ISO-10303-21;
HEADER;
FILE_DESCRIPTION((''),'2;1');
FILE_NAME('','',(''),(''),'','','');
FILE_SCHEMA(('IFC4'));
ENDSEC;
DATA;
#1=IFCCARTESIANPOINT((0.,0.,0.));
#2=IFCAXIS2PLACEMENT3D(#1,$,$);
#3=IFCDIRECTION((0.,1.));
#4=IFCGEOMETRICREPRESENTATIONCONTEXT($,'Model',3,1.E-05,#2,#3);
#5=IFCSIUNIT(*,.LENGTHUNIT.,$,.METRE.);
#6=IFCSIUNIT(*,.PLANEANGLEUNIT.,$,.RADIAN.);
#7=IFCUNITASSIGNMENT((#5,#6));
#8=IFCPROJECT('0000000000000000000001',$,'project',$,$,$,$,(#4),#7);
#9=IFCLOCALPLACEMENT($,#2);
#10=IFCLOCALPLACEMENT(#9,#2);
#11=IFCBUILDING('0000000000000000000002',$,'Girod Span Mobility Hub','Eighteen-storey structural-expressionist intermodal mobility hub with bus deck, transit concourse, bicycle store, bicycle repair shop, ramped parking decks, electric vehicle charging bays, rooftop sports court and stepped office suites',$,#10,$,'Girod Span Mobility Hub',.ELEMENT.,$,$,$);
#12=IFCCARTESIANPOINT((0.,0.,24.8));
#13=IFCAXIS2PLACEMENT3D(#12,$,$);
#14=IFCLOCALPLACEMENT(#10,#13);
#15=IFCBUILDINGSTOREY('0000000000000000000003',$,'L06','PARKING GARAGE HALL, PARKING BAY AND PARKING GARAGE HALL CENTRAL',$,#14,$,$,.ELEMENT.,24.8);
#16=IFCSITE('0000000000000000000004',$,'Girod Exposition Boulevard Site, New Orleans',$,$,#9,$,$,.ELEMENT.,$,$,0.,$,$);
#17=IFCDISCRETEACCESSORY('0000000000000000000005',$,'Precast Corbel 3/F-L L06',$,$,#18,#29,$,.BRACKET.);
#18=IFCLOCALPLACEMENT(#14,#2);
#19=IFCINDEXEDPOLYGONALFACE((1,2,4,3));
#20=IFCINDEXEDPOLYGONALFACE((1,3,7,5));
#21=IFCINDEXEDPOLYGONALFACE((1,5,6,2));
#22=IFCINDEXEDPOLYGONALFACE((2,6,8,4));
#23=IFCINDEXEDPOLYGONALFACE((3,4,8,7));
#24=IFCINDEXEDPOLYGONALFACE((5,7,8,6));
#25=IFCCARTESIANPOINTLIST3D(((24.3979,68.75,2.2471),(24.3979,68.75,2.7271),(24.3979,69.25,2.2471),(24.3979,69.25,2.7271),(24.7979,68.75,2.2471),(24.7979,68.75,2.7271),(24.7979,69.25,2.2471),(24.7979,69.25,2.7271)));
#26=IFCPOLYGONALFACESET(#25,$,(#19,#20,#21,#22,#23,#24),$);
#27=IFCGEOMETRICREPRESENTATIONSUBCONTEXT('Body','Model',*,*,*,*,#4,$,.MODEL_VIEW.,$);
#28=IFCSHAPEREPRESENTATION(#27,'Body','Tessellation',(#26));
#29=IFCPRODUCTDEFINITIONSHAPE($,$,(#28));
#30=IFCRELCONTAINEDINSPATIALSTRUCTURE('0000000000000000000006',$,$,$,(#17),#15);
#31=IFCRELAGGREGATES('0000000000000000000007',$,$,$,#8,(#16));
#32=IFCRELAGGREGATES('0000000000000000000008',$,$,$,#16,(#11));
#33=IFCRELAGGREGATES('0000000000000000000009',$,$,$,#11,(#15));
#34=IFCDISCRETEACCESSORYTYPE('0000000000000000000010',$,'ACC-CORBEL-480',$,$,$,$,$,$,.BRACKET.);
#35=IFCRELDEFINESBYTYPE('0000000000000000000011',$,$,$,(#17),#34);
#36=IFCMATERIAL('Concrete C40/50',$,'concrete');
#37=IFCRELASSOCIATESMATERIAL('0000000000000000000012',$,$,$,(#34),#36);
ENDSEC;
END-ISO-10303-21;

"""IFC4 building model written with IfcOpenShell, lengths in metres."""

from ifc_helpers import new_model, si_unit, direction, frame, origin, origin_2d, place, context, subcontext, project, spatial, rectangle, extrude, material, type_object, element, save


model = new_model("IFC4")

# Units and contexts
model_context = context("Model", 3, precision=1e-05, world=origin(), true_north=direction((0.0, 1.0)))
body_context = subcontext(model_context, "Body", "Model", "MODEL_VIEW")
ifc_project = project(units=[si_unit("LENGTHUNIT", "METRE"), si_unit("PLANEANGLEUNIT", "RADIAN")], contexts=[model_context])

# Site, building, storey
site_placement = place(None, origin())
site = spatial("IfcSite", under=ifc_project, at=site_placement, Name="Girod Exposition Boulevard Site, New Orleans", CompositionType="ELEMENT", RefElevation=0.0)
building_placement = place(site_placement, origin())
building = spatial("IfcBuilding", under=site, at=building_placement, Name="Girod Span Mobility Hub", Description="Eighteen-storey structural-expressionist intermodal mobility hub with bus deck, transit concourse, bicycle store, bicycle repair shop, ramped parking decks, electric vehicle charging bays, rooftop sports court and stepped office suites", LongName="Girod Span Mobility Hub", CompositionType="ELEMENT")
storey_placement = place(building_placement, frame((0.0, 0.0, 24.8)))
storey = spatial("IfcBuildingStorey", under=building, at=storey_placement, Name="L06", Description="PARKING GARAGE HALL, PARKING BAY AND PARKING GARAGE HALL CENTRAL", CompositionType="ELEMENT", Elevation=24.8)

# Discrete accessory
ifc_material_1 = material(Name="Concrete C40/50", Category="concrete")
discrete_accessory_type = type_object("IfcDiscreteAccessoryType", Name="ACC-CORBEL-480", PredefinedType="BRACKET", material=ifc_material_1)
for number, where, z_axis, x_axis, name in (
    (1, (24.5979, 69.0, 2.2471), (0.0, 0.0, 1.0), (1.0, 0.0, 0.0), "Precast Corbel 3/F-L L06"),
):
    element("IfcDiscreteAccessory", number, at=place(storey_placement, frame(where, z_axis=z_axis, x_axis=x_axis)), inside=storey, type_object=discrete_accessory_type, Name=name, PredefinedType="BRACKET", context=body_context, shape_type="SweptSolid", body=[
        extrude(rectangle(XDim=0.3999, YDim=0.5, at=origin_2d()), origin(), (0.0, 0.0, 1.0), 0.48),
    ])

save(model, "model.ifc")
